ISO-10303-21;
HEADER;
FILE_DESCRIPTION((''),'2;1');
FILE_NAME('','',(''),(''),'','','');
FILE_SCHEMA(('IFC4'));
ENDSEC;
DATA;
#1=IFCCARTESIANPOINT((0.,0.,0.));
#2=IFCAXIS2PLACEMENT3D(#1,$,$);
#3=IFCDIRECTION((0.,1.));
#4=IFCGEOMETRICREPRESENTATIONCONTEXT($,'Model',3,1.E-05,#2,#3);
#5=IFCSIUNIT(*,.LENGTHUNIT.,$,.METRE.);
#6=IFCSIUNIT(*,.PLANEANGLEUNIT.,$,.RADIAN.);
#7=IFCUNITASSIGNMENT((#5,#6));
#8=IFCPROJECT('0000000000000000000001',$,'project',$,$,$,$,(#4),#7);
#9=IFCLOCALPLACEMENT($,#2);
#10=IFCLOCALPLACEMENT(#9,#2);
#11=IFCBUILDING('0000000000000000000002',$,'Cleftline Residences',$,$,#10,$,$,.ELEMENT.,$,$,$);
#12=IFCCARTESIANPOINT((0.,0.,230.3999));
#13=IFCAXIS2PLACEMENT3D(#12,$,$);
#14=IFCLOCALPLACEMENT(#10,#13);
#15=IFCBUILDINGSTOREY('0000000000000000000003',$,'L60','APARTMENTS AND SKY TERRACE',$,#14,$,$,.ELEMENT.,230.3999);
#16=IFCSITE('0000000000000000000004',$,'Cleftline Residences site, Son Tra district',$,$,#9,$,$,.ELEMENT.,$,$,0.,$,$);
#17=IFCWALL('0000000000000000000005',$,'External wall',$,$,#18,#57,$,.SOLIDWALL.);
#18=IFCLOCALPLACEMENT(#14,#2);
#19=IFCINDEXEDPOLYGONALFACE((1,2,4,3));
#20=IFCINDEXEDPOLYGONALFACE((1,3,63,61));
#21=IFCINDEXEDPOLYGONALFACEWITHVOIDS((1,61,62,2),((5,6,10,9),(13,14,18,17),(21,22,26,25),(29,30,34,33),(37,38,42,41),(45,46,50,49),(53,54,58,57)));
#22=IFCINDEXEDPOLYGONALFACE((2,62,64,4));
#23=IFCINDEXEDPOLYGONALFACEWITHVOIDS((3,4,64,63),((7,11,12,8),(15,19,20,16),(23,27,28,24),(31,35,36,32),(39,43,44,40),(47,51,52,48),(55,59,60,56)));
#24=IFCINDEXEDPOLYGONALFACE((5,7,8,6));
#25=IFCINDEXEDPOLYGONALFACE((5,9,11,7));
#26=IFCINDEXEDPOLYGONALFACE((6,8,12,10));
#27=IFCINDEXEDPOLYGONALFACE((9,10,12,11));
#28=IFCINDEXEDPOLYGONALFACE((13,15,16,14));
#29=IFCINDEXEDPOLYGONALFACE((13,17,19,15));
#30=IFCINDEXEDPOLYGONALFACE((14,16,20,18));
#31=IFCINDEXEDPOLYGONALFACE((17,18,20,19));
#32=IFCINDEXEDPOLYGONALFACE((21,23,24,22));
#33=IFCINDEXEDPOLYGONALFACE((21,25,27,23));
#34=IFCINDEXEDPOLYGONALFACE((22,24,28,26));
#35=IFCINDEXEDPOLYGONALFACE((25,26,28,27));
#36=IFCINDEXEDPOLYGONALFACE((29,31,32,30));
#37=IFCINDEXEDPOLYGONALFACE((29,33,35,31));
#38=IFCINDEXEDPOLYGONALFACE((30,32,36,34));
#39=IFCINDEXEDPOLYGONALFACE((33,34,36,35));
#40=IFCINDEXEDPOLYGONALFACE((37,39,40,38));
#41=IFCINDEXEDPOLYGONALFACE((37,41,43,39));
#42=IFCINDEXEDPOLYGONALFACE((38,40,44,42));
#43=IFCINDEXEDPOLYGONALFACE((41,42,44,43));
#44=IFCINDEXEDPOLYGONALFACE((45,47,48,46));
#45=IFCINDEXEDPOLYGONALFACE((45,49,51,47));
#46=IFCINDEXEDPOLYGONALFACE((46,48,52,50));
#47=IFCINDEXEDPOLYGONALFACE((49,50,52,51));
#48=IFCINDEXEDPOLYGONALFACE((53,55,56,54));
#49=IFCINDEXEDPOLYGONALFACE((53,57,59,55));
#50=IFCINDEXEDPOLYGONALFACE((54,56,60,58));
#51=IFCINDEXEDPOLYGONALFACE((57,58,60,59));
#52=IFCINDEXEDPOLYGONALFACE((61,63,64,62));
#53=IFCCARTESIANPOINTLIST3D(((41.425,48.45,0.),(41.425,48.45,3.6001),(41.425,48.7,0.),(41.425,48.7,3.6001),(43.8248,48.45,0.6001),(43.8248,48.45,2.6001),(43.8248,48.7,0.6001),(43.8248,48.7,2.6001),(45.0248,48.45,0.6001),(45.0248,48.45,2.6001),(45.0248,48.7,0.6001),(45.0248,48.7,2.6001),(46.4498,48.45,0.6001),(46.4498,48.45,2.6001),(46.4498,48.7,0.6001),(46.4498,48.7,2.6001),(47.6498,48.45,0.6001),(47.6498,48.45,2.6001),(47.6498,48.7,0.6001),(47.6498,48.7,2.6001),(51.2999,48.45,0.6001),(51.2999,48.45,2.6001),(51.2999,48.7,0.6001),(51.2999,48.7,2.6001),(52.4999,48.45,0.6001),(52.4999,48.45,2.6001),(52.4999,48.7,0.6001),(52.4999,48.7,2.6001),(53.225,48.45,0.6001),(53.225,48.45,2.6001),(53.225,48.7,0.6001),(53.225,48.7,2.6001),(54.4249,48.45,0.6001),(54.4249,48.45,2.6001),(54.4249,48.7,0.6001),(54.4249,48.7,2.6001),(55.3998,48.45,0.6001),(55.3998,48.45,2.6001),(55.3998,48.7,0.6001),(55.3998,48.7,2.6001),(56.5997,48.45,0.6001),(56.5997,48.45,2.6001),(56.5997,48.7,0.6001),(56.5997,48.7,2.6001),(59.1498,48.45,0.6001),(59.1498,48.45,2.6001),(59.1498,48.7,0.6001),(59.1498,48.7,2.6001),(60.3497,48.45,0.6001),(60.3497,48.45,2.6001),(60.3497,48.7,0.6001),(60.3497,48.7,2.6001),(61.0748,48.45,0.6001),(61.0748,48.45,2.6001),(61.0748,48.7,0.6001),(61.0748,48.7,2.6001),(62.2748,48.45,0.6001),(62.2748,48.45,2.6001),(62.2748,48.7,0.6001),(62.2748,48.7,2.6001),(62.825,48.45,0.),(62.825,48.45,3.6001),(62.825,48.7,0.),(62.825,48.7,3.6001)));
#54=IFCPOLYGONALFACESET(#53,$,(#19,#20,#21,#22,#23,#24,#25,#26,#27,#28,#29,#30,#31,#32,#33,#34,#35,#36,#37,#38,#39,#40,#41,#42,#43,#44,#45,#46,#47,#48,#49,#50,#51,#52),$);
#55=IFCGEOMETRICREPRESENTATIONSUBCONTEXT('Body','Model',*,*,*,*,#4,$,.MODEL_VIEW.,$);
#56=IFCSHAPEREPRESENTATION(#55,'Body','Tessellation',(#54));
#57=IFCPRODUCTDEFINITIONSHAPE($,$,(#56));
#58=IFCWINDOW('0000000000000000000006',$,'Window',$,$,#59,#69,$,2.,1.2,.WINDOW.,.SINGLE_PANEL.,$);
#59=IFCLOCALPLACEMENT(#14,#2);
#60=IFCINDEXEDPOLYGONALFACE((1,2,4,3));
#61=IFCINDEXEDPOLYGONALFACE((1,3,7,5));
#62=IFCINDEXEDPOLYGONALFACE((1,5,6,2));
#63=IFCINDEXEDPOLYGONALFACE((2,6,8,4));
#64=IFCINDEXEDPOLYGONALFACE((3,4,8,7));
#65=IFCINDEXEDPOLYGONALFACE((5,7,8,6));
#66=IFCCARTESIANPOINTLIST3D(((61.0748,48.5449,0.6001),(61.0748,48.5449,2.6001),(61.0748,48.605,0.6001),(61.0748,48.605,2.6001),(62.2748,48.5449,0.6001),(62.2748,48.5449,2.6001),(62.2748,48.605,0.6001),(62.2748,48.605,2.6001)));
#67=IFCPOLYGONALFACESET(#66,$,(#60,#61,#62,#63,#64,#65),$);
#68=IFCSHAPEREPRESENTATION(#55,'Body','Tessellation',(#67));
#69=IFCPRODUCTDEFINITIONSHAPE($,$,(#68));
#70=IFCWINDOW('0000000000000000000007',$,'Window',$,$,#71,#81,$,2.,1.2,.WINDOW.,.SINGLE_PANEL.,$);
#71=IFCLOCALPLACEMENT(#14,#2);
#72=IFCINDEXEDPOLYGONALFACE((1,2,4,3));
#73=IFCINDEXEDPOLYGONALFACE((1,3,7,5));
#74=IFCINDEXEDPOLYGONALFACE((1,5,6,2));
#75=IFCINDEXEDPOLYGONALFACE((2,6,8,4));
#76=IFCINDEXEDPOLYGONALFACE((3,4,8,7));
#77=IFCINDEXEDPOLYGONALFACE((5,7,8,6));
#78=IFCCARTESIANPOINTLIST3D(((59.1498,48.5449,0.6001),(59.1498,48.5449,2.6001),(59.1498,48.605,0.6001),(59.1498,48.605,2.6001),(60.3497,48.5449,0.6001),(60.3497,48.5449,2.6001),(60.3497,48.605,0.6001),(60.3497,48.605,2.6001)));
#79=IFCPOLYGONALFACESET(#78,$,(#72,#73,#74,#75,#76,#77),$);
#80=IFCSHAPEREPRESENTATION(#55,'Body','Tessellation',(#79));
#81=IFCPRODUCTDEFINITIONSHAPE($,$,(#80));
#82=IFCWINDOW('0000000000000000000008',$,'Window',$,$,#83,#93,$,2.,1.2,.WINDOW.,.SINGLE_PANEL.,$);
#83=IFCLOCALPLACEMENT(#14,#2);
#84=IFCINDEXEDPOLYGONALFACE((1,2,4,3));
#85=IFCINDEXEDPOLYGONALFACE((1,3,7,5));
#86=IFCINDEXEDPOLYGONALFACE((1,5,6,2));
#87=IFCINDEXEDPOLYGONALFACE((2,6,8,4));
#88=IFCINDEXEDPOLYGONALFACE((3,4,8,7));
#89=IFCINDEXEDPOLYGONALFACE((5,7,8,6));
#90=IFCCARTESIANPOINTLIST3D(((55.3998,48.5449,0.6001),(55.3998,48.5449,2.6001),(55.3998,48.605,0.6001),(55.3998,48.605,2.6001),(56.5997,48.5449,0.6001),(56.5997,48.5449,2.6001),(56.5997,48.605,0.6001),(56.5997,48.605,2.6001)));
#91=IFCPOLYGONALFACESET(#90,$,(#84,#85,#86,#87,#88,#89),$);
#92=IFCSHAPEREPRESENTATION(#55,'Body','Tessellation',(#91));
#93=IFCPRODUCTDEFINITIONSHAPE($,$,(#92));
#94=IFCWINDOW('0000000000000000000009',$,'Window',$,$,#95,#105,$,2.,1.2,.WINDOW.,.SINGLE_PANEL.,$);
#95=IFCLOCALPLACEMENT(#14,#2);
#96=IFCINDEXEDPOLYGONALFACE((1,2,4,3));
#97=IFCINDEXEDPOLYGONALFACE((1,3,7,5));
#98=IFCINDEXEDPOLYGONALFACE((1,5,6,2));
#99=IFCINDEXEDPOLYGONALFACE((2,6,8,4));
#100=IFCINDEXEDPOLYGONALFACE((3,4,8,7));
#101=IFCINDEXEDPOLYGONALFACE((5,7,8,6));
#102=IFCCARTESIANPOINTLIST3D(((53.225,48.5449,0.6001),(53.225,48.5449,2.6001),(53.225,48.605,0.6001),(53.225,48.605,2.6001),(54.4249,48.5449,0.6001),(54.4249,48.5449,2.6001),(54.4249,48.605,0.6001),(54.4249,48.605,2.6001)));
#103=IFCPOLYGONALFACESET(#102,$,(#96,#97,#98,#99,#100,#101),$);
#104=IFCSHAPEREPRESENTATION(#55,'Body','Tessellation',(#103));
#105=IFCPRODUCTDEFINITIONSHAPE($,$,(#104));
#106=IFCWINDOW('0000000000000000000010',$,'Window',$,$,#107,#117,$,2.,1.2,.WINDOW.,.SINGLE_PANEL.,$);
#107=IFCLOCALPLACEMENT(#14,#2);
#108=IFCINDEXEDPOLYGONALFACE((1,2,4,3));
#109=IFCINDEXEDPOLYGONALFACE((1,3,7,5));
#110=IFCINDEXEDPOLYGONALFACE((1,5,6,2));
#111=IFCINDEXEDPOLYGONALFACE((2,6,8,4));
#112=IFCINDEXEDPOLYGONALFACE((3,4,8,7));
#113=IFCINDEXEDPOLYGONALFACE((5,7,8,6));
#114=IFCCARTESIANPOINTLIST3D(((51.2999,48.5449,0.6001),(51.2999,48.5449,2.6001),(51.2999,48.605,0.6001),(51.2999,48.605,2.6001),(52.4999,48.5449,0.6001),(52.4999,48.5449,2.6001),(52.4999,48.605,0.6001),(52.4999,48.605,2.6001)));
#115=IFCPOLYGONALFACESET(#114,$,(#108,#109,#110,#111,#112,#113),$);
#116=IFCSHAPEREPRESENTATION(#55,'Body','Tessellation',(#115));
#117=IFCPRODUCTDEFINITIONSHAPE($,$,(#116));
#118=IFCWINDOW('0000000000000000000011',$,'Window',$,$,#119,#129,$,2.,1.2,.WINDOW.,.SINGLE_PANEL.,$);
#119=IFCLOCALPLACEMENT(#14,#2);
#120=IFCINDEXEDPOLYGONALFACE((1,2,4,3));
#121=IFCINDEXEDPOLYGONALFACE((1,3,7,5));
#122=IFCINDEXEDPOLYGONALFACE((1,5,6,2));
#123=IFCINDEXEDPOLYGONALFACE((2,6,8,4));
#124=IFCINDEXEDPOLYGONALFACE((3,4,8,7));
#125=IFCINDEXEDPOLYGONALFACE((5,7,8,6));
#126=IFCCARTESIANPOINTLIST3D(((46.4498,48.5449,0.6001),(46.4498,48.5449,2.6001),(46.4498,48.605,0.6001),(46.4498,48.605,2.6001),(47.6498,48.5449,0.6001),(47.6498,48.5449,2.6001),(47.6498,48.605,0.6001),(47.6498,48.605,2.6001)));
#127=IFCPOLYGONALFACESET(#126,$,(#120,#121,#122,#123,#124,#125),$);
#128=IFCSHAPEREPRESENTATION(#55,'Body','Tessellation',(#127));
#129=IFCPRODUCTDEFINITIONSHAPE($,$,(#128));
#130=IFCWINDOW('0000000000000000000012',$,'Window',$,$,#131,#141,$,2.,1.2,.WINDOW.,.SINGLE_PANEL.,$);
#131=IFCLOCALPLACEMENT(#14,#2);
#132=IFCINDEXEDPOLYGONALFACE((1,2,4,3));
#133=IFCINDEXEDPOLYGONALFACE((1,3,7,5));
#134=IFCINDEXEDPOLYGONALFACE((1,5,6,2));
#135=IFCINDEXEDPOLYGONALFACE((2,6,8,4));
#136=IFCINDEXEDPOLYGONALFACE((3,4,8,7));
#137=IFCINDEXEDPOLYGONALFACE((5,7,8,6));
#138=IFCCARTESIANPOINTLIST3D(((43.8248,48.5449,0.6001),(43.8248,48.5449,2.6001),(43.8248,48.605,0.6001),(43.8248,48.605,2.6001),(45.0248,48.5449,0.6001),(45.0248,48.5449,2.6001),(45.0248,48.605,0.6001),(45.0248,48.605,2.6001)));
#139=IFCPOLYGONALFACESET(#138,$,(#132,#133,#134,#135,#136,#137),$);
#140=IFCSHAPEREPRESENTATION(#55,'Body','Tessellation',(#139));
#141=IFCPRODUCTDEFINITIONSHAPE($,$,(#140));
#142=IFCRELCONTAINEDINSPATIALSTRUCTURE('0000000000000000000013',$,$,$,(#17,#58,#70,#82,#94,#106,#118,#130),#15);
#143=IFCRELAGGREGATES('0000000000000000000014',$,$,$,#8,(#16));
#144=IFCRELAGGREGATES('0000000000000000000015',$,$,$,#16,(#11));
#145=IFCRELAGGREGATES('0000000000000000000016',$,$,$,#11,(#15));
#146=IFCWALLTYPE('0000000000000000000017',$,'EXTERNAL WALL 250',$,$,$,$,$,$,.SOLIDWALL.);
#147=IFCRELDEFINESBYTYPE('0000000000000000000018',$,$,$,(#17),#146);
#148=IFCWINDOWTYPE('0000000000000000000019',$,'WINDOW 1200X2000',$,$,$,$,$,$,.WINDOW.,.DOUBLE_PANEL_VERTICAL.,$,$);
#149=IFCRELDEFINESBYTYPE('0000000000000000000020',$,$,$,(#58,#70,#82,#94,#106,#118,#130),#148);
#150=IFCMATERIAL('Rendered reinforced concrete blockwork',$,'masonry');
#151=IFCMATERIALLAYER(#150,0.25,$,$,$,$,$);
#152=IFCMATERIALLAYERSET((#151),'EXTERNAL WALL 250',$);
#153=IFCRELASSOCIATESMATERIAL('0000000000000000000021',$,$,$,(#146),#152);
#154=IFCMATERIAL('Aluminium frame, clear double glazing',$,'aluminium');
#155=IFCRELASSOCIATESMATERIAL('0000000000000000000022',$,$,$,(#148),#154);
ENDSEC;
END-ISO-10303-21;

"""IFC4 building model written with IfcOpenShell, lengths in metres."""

from ifc_helpers import new_model, si_unit, direction, frame, frame_2d, origin, place, context, subcontext, project, spatial, rectangle, extrude, material, layer, layer_set, type_object, element, fill, save


model = new_model("IFC4")

# Units and contexts
model_context = context("Model", 3, precision=1e-05, world=origin(), true_north=direction((0.0, 1.0)))
body_context = subcontext(model_context, "Body", "Model", "MODEL_VIEW")
ifc_project = project(units=[si_unit("LENGTHUNIT", "METRE"), si_unit("PLANEANGLEUNIT", "RADIAN")], contexts=[model_context])

# Site, building, storey
site_placement = place(None, origin())
site = spatial("IfcSite", under=ifc_project, at=site_placement, Name="Cleftline Residences site, Son Tra district", CompositionType="ELEMENT", RefElevation=0.0)
building_placement = place(site_placement, origin())
building = spatial("IfcBuilding", under=site, at=building_placement, Name="Cleftline Residences", CompositionType="ELEMENT")
storey_placement = place(building_placement, frame((0.0, 0.0, 230.3999)))
storey = spatial("IfcBuildingStorey", under=building, at=storey_placement, Name="L60", Description="APARTMENTS AND SKY TERRACE", CompositionType="ELEMENT", Elevation=230.3999)

# Wall, openings, windows
ifc_material_1 = material(Name="Rendered reinforced concrete blockwork", Category="masonry")
ifc_layer_1 = layer(ifc_material_1, 0.25)
ifc_layer_set_1 = layer_set([ifc_layer_1], Name="EXTERNAL WALL 250")
wall_type_1 = type_object("IfcWallType", Name="EXTERNAL WALL 250", PredefinedType="SOLIDWALL", material=ifc_layer_set_1)
ifc_material_2 = material(Name="Aluminium frame, clear double glazing", Category="aluminium")
window_type = type_object("IfcWindowType", Name="WINDOW 1200X2000", PartitioningType="DOUBLE_PANEL_VERTICAL", PredefinedType="WINDOW", material=ifc_material_2)
wall_1_placement = place(storey_placement, frame((62.825, 48.575, 0.0), z_axis=(0.0, 0.0, 1.0), x_axis=(-1.0, 0.0, 0.0)))
wall_1 = element("IfcWall", 1, at=wall_1_placement, inside=storey, type_object=wall_type_1, Name="External wall", PredefinedType="SOLIDWALL", context=body_context, shape_type="SweptSolid", body=[
    extrude(rectangle(XDim=21.3999, YDim=0.25, at=frame_2d((10.7, 0.0))), origin(), (0.0, 0.0, 1.0), 3.6001),
])
opening_1_placement = place(wall_1_placement, frame((0.55, 0.0, 0.6001)))
opening_1 = element("IfcOpeningElement", 2, at=opening_1_placement, cuts=wall_1, PredefinedType="OPENING", context=body_context, shape_type="SweptSolid", body=[
    extrude(rectangle(XDim=1.2, YDim=2.0, at=frame_2d((0.6001, 1.0))), frame((0.0, 0.135, 0.0), z_axis=(0.0, -1.0, 0.0), x_axis=(1.0, 0.0, 0.0)), (0.0, 0.0, 1.0), 0.27),
])
opening_2_placement = place(wall_1_placement, frame((2.4751, 0.0, 0.6001)))
opening_2 = element("IfcOpeningElement", 3, at=opening_2_placement, cuts=wall_1, PredefinedType="OPENING", context=body_context, shape_type="SweptSolid", body=[
    extrude(rectangle(XDim=1.2, YDim=2.0, at=frame_2d((0.6001, 1.0))), frame((0.0, 0.135, 0.0), z_axis=(0.0, -1.0, 0.0), x_axis=(1.0, 0.0, 0.0)), (0.0, 0.0, 1.0), 0.27),
])
opening_3_placement = place(wall_1_placement, frame((6.2251, 0.0, 0.6001)))
opening_3 = element("IfcOpeningElement", 4, at=opening_3_placement, cuts=wall_1, PredefinedType="OPENING", context=body_context, shape_type="SweptSolid", body=[
    extrude(rectangle(XDim=1.2, YDim=2.0, at=frame_2d((0.6001, 1.0))), frame((0.0, 0.135, 0.0), z_axis=(0.0, -1.0, 0.0), x_axis=(1.0, 0.0, 0.0)), (0.0, 0.0, 1.0), 0.27),
])
opening_4_placement = place(wall_1_placement, frame((8.3999, 0.0, 0.6001)))
opening_4 = element("IfcOpeningElement", 5, at=opening_4_placement, cuts=wall_1, PredefinedType="OPENING", context=body_context, shape_type="SweptSolid", body=[
    extrude(rectangle(XDim=1.2, YDim=2.0, at=frame_2d((0.6001, 1.0))), frame((0.0, 0.135, 0.0), z_axis=(0.0, -1.0, 0.0), x_axis=(1.0, 0.0, 0.0)), (0.0, 0.0, 1.0), 0.27),
])
opening_5_placement = place(wall_1_placement, frame((10.325, 0.0, 0.6001)))
opening_5 = element("IfcOpeningElement", 6, at=opening_5_placement, cuts=wall_1, PredefinedType="OPENING", context=body_context, shape_type="SweptSolid", body=[
    extrude(rectangle(XDim=1.2, YDim=2.0, at=frame_2d((0.6001, 1.0))), frame((0.0, 0.135, 0.0), z_axis=(0.0, -1.0, 0.0), x_axis=(1.0, 0.0, 0.0)), (0.0, 0.0, 1.0), 0.27),
])
opening_6_placement = place(wall_1_placement, frame((15.175, 0.0, 0.6001)))
opening_6 = element("IfcOpeningElement", 7, at=opening_6_placement, cuts=wall_1, PredefinedType="OPENING", context=body_context, shape_type="SweptSolid", body=[
    extrude(rectangle(XDim=1.2, YDim=2.0, at=frame_2d((0.6001, 1.0))), frame((0.0, 0.135, 0.0), z_axis=(0.0, -1.0, 0.0), x_axis=(1.0, 0.0, 0.0)), (0.0, 0.0, 1.0), 0.27),
])
opening_7_placement = place(wall_1_placement, frame((17.8, 0.0, 0.6001)))
opening_7 = element("IfcOpeningElement", 8, at=opening_7_placement, cuts=wall_1, PredefinedType="OPENING", context=body_context, shape_type="SweptSolid", body=[
    extrude(rectangle(XDim=1.2, YDim=2.0, at=frame_2d((0.6001, 1.0))), frame((0.0, 0.135, 0.0), z_axis=(0.0, -1.0, 0.0), x_axis=(1.0, 0.0, 0.0)), (0.0, 0.0, 1.0), 0.27),
])
window_1_placement = place(opening_1_placement, origin())
window_1 = element("IfcWindow", 9, at=window_1_placement, inside=storey, type_object=window_type, Name="Window", OverallHeight=2.0, OverallWidth=1.2, PartitioningType="SINGLE_PANEL", PredefinedType="WINDOW", context=body_context, shape_type="SweptSolid", body=[
    extrude(rectangle(XDim=1.2, YDim=2.0, at=frame_2d((0.6001, 1.0))), frame((0.0, 0.03, 0.0), z_axis=(0.0, -1.0, 0.0), x_axis=(1.0, 0.0, 0.0)), (0.0, 0.0, 1.0), 0.0601),
])
fill(opening_1, window_1)
window_2_placement = place(opening_2_placement, origin())
window_2 = element("IfcWindow", 10, at=window_2_placement, inside=storey, type_object=window_type, Name="Window", OverallHeight=2.0, OverallWidth=1.2, PartitioningType="SINGLE_PANEL", PredefinedType="WINDOW", context=body_context, shape_type="SweptSolid", body=[
    extrude(rectangle(XDim=1.2, YDim=2.0, at=frame_2d((0.6001, 1.0))), frame((0.0, 0.03, 0.0), z_axis=(0.0, -1.0, 0.0), x_axis=(1.0, 0.0, 0.0)), (0.0, 0.0, 1.0), 0.0601),
])
fill(opening_2, window_2)
window_3_placement = place(opening_3_placement, origin())
window_3 = element("IfcWindow", 11, at=window_3_placement, inside=storey, type_object=window_type, Name="Window", OverallHeight=2.0, OverallWidth=1.2, PartitioningType="SINGLE_PANEL", PredefinedType="WINDOW", context=body_context, shape_type="SweptSolid", body=[
    extrude(rectangle(XDim=1.2, YDim=2.0, at=frame_2d((0.6001, 1.0))), frame((0.0, 0.03, 0.0), z_axis=(0.0, -1.0, 0.0), x_axis=(1.0, 0.0, 0.0)), (0.0, 0.0, 1.0), 0.0601),
])
fill(opening_3, window_3)
window_4_placement = place(opening_4_placement, origin())
window_4 = element("IfcWindow", 12, at=window_4_placement, inside=storey, type_object=window_type, Name="Window", OverallHeight=2.0, OverallWidth=1.2, PartitioningType="SINGLE_PANEL", PredefinedType="WINDOW", context=body_context, shape_type="SweptSolid", body=[
    extrude(rectangle(XDim=1.2, YDim=2.0, at=frame_2d((0.6001, 1.0))), frame((0.0, 0.03, 0.0), z_axis=(0.0, -1.0, 0.0), x_axis=(1.0, 0.0, 0.0)), (0.0, 0.0, 1.0), 0.0601),
])
fill(opening_4, window_4)
window_5_placement = place(opening_5_placement, origin())
window_5 = element("IfcWindow", 13, at=window_5_placement, inside=storey, type_object=window_type, Name="Window", OverallHeight=2.0, OverallWidth=1.2, PartitioningType="SINGLE_PANEL", PredefinedType="WINDOW", context=body_context, shape_type="SweptSolid", body=[
    extrude(rectangle(XDim=1.2, YDim=2.0, at=frame_2d((0.6001, 1.0))), frame((0.0, 0.03, 0.0), z_axis=(0.0, -1.0, 0.0), x_axis=(1.0, 0.0, 0.0)), (0.0, 0.0, 1.0), 0.0601),
])
fill(opening_5, window_5)
window_6_placement = place(opening_6_placement, origin())
window_6 = element("IfcWindow", 14, at=window_6_placement, inside=storey, type_object=window_type, Name="Window", OverallHeight=2.0, OverallWidth=1.2, PartitioningType="SINGLE_PANEL", PredefinedType="WINDOW", context=body_context, shape_type="SweptSolid", body=[
    extrude(rectangle(XDim=1.2, YDim=2.0, at=frame_2d((0.6001, 1.0))), frame((0.0, 0.03, 0.0), z_axis=(0.0, -1.0, 0.0), x_axis=(1.0, 0.0, 0.0)), (0.0, 0.0, 1.0), 0.0601),
])
fill(opening_6, window_6)
window_7_placement = place(opening_7_placement, origin())
window_7 = element("IfcWindow", 15, at=window_7_placement, inside=storey, type_object=window_type, Name="Window", OverallHeight=2.0, OverallWidth=1.2, PartitioningType="SINGLE_PANEL", PredefinedType="WINDOW", context=body_context, shape_type="SweptSolid", body=[
    extrude(rectangle(XDim=1.2, YDim=2.0, at=frame_2d((0.6001, 1.0))), frame((0.0, 0.03, 0.0), z_axis=(0.0, -1.0, 0.0), x_axis=(1.0, 0.0, 0.0)), (0.0, 0.0, 1.0), 0.0601),
])
fill(opening_7, window_7)

save(model, "model.ifc")
